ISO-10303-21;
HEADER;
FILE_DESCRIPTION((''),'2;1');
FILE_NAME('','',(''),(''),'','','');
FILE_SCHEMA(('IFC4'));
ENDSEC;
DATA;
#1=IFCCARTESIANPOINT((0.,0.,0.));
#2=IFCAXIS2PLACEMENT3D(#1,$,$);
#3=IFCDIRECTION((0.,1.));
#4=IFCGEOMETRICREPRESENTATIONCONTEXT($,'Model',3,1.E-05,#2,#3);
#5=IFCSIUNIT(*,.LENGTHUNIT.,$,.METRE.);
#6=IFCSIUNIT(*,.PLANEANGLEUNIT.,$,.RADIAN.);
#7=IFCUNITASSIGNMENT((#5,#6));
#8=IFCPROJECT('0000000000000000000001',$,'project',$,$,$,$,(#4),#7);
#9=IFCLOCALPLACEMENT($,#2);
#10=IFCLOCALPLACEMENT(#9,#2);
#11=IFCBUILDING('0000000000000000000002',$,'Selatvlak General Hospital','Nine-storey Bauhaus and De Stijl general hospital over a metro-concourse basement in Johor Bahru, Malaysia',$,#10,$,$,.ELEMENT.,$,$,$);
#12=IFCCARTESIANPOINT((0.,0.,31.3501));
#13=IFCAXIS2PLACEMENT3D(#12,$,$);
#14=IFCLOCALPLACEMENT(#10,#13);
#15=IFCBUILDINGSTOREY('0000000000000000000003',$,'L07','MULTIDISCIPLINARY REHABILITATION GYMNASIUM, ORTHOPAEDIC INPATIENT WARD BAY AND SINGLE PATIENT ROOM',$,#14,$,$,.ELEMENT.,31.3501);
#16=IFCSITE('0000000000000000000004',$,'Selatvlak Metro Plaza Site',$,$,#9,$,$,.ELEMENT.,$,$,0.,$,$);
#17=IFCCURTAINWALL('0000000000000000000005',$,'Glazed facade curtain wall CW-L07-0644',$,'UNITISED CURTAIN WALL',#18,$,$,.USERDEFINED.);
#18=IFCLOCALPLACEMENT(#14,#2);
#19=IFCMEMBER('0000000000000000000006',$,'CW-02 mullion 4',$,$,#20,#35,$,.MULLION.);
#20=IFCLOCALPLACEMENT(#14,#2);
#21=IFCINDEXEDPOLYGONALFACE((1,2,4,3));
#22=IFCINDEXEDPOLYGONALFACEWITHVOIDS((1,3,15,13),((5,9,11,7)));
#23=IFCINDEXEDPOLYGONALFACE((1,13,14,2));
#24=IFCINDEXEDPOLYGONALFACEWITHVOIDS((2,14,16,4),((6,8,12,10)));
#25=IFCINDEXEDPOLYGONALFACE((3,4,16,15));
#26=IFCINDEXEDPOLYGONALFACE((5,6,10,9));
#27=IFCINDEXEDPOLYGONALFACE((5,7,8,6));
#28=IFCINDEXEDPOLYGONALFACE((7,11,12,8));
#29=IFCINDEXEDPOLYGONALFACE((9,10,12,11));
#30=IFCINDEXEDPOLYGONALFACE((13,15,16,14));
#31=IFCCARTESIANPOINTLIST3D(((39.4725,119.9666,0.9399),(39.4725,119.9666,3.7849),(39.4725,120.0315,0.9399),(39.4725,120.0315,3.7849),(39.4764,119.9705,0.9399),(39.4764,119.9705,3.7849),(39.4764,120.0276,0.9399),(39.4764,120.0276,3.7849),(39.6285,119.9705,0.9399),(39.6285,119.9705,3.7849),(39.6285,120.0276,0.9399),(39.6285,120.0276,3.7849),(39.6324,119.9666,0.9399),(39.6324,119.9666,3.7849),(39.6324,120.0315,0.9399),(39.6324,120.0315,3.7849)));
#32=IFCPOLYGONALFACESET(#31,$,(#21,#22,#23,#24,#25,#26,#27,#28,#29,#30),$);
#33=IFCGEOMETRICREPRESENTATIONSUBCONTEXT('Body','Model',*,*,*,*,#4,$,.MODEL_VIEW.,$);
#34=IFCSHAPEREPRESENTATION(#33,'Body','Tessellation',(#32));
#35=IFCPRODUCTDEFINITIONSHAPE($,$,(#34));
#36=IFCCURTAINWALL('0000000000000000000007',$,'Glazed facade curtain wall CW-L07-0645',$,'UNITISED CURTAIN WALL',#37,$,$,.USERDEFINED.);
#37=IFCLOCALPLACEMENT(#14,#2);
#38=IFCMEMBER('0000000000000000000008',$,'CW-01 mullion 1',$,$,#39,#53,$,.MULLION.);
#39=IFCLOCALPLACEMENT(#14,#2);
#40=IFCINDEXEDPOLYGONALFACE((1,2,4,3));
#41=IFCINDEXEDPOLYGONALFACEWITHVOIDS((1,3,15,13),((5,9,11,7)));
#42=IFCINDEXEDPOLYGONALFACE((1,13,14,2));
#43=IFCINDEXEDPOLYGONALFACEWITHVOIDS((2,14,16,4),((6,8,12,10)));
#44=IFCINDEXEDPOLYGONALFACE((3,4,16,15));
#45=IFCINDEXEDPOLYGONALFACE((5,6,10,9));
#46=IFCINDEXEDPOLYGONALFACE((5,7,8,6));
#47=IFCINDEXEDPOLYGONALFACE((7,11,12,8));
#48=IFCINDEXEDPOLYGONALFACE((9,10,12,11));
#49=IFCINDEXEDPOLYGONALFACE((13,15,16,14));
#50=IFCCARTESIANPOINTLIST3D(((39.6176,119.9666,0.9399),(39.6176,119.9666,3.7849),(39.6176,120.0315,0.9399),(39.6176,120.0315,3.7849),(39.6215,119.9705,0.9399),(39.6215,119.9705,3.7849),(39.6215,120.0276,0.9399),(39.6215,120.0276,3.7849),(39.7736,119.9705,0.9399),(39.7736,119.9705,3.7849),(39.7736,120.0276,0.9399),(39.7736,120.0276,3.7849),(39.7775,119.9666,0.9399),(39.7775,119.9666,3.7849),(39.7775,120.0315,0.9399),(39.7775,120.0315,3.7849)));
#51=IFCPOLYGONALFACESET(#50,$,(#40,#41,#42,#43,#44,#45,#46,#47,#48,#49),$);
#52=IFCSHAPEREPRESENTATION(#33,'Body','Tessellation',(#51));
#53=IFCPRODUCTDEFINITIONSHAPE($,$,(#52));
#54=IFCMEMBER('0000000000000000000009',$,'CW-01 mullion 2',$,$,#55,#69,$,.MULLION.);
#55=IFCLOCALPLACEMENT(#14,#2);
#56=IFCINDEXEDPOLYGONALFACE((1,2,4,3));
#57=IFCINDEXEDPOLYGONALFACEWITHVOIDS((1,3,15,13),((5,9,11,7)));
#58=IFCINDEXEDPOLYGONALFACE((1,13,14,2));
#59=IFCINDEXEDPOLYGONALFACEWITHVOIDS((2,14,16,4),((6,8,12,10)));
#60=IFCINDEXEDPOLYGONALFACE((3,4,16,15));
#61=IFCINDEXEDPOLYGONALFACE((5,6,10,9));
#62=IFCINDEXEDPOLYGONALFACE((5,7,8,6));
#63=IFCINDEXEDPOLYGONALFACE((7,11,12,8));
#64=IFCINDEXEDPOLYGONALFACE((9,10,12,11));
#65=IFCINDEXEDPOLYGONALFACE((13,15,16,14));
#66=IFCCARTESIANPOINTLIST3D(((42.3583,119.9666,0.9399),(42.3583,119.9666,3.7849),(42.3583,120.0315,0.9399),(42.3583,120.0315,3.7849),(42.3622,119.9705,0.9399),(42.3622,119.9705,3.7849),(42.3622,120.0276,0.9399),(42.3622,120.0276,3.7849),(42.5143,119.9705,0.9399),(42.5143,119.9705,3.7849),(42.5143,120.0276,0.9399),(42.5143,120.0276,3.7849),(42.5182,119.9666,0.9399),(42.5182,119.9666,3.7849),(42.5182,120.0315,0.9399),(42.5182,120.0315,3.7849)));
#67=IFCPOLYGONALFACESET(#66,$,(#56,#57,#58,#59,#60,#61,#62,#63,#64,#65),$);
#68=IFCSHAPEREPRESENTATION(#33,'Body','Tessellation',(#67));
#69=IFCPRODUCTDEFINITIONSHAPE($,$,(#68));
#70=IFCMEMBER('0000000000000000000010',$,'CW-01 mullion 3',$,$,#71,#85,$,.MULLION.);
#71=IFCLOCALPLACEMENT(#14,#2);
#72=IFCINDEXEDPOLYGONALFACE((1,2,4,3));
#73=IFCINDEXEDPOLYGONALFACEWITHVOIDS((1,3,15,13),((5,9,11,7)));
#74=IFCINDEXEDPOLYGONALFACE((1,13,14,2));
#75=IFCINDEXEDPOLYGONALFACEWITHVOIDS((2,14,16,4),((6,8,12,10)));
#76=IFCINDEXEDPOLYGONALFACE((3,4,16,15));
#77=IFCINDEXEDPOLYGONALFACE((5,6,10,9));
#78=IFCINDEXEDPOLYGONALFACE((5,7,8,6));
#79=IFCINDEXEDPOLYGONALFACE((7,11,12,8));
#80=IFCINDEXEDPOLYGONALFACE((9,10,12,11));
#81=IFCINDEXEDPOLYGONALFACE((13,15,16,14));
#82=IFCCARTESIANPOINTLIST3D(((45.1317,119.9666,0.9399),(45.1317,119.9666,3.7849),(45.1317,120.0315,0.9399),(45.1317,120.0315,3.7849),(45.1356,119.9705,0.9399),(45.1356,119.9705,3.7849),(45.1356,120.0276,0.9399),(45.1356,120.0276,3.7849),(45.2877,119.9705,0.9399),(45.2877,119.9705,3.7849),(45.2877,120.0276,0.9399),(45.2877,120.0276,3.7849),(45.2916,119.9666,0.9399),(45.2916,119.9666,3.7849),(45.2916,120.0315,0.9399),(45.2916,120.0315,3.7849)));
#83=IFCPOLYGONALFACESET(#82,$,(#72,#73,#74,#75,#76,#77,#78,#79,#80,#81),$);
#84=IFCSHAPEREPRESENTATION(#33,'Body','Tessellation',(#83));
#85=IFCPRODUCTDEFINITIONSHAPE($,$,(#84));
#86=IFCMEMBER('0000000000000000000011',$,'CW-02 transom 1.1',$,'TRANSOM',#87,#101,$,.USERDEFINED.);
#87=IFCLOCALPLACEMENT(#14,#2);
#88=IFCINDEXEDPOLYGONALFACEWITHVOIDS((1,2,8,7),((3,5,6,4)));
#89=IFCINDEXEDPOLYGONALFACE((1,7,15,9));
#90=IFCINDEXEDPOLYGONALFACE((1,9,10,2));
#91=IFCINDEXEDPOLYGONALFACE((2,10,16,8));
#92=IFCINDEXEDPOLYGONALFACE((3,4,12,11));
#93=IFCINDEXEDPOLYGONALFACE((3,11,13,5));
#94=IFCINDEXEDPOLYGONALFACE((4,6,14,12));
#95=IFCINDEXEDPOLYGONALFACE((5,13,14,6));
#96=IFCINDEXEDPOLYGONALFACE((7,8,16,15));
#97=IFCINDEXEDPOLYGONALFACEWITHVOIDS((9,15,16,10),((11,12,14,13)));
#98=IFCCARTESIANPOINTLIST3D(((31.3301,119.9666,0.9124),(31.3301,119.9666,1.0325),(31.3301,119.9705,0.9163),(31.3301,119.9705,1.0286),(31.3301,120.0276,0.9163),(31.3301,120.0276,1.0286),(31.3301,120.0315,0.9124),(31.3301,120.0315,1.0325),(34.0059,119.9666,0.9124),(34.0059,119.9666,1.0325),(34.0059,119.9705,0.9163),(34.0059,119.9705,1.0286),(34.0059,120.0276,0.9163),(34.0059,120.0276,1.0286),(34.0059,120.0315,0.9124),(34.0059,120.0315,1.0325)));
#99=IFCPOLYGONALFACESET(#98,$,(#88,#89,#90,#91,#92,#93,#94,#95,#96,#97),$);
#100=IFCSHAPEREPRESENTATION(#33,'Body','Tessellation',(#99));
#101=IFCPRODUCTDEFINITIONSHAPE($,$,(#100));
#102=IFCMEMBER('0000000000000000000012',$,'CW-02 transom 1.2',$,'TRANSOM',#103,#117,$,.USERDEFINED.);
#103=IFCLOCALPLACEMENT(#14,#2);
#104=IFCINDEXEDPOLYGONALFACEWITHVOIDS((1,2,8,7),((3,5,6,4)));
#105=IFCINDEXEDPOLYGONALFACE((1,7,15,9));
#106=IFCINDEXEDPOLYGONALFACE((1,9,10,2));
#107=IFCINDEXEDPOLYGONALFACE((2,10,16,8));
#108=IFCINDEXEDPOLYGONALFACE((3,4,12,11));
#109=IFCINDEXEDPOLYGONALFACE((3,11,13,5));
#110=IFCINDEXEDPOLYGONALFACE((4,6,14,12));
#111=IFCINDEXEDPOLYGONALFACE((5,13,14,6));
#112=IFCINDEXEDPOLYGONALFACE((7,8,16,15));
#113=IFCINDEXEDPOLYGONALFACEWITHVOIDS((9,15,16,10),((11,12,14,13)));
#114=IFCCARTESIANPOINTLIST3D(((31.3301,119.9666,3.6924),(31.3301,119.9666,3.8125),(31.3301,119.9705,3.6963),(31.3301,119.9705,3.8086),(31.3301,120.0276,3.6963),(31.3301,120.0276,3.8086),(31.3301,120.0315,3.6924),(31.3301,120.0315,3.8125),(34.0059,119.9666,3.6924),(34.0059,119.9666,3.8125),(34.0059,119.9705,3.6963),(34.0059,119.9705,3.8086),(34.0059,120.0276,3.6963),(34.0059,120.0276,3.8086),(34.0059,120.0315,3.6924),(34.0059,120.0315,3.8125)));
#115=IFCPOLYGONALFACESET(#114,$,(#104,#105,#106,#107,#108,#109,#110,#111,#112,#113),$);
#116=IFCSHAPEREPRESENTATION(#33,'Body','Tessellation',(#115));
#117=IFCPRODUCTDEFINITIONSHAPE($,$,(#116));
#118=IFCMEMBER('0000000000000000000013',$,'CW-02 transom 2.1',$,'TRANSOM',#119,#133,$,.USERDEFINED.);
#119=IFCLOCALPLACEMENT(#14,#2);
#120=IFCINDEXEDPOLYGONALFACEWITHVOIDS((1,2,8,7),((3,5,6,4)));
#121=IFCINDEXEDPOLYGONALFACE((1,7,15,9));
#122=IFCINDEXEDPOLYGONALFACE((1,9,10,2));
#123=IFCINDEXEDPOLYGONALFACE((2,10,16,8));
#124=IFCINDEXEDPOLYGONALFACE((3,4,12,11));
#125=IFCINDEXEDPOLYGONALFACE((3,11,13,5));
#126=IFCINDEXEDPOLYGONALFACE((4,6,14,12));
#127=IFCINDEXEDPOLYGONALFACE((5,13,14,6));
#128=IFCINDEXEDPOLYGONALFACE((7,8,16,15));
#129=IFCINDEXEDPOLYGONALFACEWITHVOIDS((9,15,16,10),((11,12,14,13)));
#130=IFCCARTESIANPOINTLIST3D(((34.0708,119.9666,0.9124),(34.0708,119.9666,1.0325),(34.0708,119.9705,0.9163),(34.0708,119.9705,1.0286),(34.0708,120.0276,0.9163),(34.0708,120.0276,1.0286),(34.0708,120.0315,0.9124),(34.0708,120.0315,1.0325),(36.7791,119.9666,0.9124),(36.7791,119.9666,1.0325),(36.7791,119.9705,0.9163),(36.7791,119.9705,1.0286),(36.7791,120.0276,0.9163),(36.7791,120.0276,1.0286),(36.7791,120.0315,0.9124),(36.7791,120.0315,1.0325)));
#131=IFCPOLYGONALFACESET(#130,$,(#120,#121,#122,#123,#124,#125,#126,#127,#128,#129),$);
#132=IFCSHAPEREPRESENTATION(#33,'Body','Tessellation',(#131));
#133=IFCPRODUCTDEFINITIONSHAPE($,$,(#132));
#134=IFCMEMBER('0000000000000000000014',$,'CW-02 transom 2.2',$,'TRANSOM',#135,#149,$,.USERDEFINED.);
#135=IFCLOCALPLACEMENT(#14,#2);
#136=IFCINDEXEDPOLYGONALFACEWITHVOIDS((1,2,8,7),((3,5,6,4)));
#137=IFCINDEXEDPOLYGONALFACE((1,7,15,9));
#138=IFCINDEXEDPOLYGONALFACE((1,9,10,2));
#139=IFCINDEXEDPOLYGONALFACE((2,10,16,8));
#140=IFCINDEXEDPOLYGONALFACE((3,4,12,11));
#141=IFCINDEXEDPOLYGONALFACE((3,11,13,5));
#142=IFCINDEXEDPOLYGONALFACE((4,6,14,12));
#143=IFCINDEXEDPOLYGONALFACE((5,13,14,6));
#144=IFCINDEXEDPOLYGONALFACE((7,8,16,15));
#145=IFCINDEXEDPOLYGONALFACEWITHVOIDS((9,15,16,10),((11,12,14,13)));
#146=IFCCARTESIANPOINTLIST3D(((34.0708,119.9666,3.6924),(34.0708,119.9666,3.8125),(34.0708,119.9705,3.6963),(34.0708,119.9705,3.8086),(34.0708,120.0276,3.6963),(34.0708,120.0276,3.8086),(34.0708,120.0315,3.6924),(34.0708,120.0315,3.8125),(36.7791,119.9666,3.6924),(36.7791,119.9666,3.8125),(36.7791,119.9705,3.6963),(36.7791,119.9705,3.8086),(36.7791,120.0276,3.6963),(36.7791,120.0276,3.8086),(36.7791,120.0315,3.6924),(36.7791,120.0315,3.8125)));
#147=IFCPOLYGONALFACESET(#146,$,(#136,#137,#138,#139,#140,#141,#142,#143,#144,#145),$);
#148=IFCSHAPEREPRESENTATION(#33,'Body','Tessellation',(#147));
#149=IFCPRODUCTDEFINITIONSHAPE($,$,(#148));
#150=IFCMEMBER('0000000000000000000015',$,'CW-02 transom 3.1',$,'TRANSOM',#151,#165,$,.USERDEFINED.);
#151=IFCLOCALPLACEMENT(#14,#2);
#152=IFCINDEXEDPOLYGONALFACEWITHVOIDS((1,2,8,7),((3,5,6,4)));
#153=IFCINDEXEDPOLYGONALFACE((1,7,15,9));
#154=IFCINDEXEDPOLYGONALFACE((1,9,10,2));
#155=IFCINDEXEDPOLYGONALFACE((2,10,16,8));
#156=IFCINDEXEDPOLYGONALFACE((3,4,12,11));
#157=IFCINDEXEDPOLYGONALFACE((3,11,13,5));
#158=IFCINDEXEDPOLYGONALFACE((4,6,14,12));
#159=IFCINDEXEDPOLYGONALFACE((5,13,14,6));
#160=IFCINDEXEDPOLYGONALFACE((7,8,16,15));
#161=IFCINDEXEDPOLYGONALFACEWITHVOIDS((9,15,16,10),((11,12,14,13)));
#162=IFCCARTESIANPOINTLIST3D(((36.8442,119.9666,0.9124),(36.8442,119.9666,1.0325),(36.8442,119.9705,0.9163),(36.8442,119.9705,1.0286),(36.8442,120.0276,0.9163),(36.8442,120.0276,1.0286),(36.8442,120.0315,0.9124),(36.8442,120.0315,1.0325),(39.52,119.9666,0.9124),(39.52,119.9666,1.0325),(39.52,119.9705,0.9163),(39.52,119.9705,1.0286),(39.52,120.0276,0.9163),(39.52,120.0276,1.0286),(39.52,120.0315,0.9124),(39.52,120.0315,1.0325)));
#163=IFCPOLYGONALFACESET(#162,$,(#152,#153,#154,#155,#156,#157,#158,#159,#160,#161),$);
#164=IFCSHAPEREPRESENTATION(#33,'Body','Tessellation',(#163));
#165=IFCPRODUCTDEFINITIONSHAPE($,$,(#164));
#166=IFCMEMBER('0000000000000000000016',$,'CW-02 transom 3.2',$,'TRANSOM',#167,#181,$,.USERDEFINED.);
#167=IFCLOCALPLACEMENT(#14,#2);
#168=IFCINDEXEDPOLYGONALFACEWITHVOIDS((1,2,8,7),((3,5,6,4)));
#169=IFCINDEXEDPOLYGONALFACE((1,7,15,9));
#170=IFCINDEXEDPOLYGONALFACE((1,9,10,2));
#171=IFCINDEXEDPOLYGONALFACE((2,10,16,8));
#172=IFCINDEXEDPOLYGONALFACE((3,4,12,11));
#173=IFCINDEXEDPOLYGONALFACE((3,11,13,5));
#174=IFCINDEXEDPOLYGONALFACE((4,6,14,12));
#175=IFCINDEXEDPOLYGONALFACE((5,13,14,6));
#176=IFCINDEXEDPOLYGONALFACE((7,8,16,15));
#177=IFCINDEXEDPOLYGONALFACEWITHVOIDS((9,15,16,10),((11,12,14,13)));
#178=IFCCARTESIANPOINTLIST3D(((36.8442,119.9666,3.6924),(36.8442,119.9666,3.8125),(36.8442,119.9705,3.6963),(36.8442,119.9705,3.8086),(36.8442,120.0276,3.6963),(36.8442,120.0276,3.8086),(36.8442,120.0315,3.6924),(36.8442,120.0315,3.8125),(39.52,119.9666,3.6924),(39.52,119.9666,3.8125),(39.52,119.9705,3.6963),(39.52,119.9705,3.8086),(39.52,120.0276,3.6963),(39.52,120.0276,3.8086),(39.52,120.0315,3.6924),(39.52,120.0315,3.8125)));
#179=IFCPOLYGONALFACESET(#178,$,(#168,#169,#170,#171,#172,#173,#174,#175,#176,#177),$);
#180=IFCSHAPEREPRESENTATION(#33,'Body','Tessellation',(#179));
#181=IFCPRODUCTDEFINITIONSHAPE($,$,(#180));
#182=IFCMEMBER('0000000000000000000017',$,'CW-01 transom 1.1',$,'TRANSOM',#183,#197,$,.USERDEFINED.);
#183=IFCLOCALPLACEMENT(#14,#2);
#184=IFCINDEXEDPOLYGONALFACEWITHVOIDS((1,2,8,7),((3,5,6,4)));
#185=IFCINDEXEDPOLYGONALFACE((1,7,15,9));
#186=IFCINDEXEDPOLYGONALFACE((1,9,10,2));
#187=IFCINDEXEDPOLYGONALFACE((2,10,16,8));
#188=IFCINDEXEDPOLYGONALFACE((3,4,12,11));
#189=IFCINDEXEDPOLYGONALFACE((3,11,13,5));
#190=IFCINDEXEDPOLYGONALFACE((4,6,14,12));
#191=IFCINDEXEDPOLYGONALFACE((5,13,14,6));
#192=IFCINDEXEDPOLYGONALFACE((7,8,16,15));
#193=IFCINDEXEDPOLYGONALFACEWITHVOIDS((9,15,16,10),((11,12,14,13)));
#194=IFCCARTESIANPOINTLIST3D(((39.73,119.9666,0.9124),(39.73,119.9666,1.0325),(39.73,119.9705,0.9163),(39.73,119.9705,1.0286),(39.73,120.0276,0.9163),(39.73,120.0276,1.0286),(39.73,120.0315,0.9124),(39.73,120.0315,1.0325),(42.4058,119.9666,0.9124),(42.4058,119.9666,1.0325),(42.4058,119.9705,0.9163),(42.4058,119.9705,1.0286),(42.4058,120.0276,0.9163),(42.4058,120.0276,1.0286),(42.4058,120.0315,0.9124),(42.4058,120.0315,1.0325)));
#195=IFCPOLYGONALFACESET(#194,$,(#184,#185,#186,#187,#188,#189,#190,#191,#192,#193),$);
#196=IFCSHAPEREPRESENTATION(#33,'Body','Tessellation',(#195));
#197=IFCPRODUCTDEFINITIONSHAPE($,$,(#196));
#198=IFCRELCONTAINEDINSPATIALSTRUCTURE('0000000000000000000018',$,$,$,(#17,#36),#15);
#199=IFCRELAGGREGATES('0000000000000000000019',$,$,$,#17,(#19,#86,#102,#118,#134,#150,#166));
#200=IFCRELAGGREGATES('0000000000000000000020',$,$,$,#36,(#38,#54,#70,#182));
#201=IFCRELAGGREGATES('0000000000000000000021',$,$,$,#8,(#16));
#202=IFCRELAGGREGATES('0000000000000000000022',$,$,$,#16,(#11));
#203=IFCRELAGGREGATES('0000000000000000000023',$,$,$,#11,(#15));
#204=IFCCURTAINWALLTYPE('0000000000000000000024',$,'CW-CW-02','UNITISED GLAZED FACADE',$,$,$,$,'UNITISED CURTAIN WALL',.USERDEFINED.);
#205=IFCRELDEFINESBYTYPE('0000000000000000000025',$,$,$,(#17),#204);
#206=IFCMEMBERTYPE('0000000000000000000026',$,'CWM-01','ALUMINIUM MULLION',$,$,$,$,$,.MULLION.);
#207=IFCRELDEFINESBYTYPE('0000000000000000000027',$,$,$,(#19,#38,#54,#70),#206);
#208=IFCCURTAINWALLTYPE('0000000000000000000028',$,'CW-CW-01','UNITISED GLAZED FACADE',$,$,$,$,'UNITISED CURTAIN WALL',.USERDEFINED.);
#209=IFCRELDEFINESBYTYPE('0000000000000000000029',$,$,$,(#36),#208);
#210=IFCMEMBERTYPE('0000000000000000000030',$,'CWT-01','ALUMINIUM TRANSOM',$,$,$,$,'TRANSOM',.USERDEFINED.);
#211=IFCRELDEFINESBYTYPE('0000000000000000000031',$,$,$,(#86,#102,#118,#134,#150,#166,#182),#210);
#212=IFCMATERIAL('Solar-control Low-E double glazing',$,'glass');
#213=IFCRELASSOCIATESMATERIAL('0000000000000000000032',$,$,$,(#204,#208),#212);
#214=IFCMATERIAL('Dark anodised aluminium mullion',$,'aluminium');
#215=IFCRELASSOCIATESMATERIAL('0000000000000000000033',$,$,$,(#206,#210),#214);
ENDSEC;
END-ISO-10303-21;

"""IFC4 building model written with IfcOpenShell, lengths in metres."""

from ifc_helpers import new_model, si_unit, direction, frame, origin, origin_2d, place, context, subcontext, project, spatial, hollow_rectangle, extrude, material, material_profile, profile_set, type_object, element, aggregate, save


model = new_model("IFC4")

# Units and contexts
model_context = context("Model", 3, precision=1e-05, world=origin(), true_north=direction((0.0, 1.0)))
body_context = subcontext(model_context, "Body", "Model", "MODEL_VIEW")
ifc_project = project(units=[si_unit("LENGTHUNIT", "METRE"), si_unit("PLANEANGLEUNIT", "RADIAN")], contexts=[model_context])

# Site, building, storey
site_placement = place(None, origin())
site = spatial("IfcSite", under=ifc_project, at=site_placement, Name="Selatvlak Metro Plaza Site", CompositionType="ELEMENT", RefElevation=0.0)
building_placement = place(site_placement, origin())
building = spatial("IfcBuilding", under=site, at=building_placement, Name="Selatvlak General Hospital", Description="Nine-storey Bauhaus and De Stijl general hospital over a metro-concourse basement in Johor Bahru, Malaysia", CompositionType="ELEMENT")
storey_placement = place(building_placement, frame((0.0, 0.0, 31.3501)))
storey = spatial("IfcBuildingStorey", under=building, at=storey_placement, Name="L07", Description="MULTIDISCIPLINARY REHABILITATION GYMNASIUM, ORTHOPAEDIC INPATIENT WARD BAY AND SINGLE PATIENT ROOM", CompositionType="ELEMENT", Elevation=31.3501)

# Curtain walls, members
ifc_material_1 = material(Name="Solar-control Low-E double glazing", Category="glass")
curtain_wall_type_1 = type_object("IfcCurtainWallType", Name="CW-CW-02", Description="UNITISED GLAZED FACADE", ElementType="UNITISED CURTAIN WALL", PredefinedType="USERDEFINED", material=ifc_material_1)
curtain_wall_1_placement = place(storey_placement, origin())
curtain_wall_1 = element("IfcCurtainWall", 1, at=curtain_wall_1_placement, inside=storey, type_object=curtain_wall_type_1, Name="Glazed facade curtain wall CW-L07-0644", ObjectType="UNITISED CURTAIN WALL", PredefinedType="USERDEFINED")
ifc_material_2 = material(Name="Dark anodised aluminium mullion", Category="aluminium")
ifc_material_profile_1 = material_profile(ifc_material_2, hollow_rectangle(XDim=0.0649, YDim=0.1599, WallThickness=0.0039, at=origin_2d()), Name="AL-MUL 65x160x4")
ifc_profile_set_1 = profile_set([ifc_material_profile_1], Name="Dark anodised aluminium mullion")
member_type_1 = type_object("IfcMemberType", Name="CWM-01", Description="ALUMINIUM MULLION", PredefinedType="MULLION", material=ifc_profile_set_1)
member_1_placement = place(storey_placement, frame((39.5525, 119.999, 0.9399), z_axis=(0.0, 0.0, 1.0), x_axis=(0.0, 1.0, 0.0)))
member_1 = element("IfcMember", 2, at=member_1_placement, type_object=member_type_1, Name="CW-02 mullion 4", PredefinedType="MULLION", context=body_context, shape_type="SweptSolid", body=[
    extrude(hollow_rectangle(XDim=0.0649, YDim=0.1599, WallThickness=0.0039, at=origin_2d()), origin(), (0.0, 0.0, 1.0), 2.845),
])
curtain_wall_type_2 = type_object("IfcCurtainWallType", Name="CW-CW-01", Description="UNITISED GLAZED FACADE", ElementType="UNITISED CURTAIN WALL", PredefinedType="USERDEFINED", material=ifc_material_1)
curtain_wall_2_placement = place(storey_placement, origin())
curtain_wall_2 = element("IfcCurtainWall", 3, at=curtain_wall_2_placement, inside=storey, type_object=curtain_wall_type_2, Name="Glazed facade curtain wall CW-L07-0645", ObjectType="UNITISED CURTAIN WALL", PredefinedType="USERDEFINED")
member_2_placement = place(storey_placement, frame((39.6975, 119.999, 0.9399), z_axis=(0.0, 0.0, 1.0), x_axis=(0.0, 1.0, 0.0)))
member_2 = element("IfcMember", 4, at=member_2_placement, type_object=member_type_1, Name="CW-01 mullion 1", PredefinedType="MULLION", context=body_context, shape_type="SweptSolid", body=[
    extrude(hollow_rectangle(XDim=0.0649, YDim=0.1599, WallThickness=0.0039, at=origin_2d()), origin(), (0.0, 0.0, 1.0), 2.845),
])
member_3_placement = place(storey_placement, frame((42.4382, 119.999, 0.9399), z_axis=(0.0, 0.0, 1.0), x_axis=(0.0, 1.0, 0.0)))
member_3 = element("IfcMember", 5, at=member_3_placement, type_object=member_type_1, Name="CW-01 mullion 2", PredefinedType="MULLION", context=body_context, shape_type="SweptSolid", body=[
    extrude(hollow_rectangle(XDim=0.0649, YDim=0.1599, WallThickness=0.0039, at=origin_2d()), origin(), (0.0, 0.0, 1.0), 2.845),
])
member_4_placement = place(storey_placement, frame((45.2117, 119.999, 0.9399), z_axis=(0.0, 0.0, 1.0), x_axis=(0.0, 1.0, 0.0)))
member_4 = element("IfcMember", 6, at=member_4_placement, type_object=member_type_1, Name="CW-01 mullion 3", PredefinedType="MULLION", context=body_context, shape_type="SweptSolid", body=[
    extrude(hollow_rectangle(XDim=0.0649, YDim=0.1599, WallThickness=0.0039, at=origin_2d()), origin(), (0.0, 0.0, 1.0), 2.845),
])

# Members
ifc_material_profile_2 = material_profile(ifc_material_2, hollow_rectangle(XDim=0.0649, YDim=0.1201, WallThickness=0.0039, at=origin_2d()), Name="AL-TRN 65x120x4")
ifc_profile_set_2 = profile_set([ifc_material_profile_2], Name="Dark anodised aluminium mullion")
member_type_2 = type_object("IfcMemberType", Name="CWT-01", Description="ALUMINIUM TRANSOM", ElementType="TRANSOM", PredefinedType="USERDEFINED", material=ifc_profile_set_2)
member_5_placement = place(storey_placement, frame((31.3301, 119.999, 0.9724), z_axis=(1.0, 0.0, 0.0), x_axis=(0.0, 1.0, 0.0)))
member_5 = element("IfcMember", 7, at=member_5_placement, type_object=member_type_2, Name="CW-02 transom 1.1", ObjectType="TRANSOM", PredefinedType="USERDEFINED", context=body_context, shape_type="SweptSolid", body=[
    extrude(hollow_rectangle(XDim=0.0649, YDim=0.1201, WallThickness=0.0039, at=origin_2d()), origin(), (0.0, 0.0, 1.0), 2.6758),
])
member_6_placement = place(storey_placement, frame((31.3301, 119.999, 3.7524), z_axis=(1.0, 0.0, 0.0), x_axis=(0.0, 1.0, 0.0)))
member_6 = element("IfcMember", 8, at=member_6_placement, type_object=member_type_2, Name="CW-02 transom 1.2", ObjectType="TRANSOM", PredefinedType="USERDEFINED", context=body_context, shape_type="SweptSolid", body=[
    extrude(hollow_rectangle(XDim=0.0649, YDim=0.1201, WallThickness=0.0039, at=origin_2d()), origin(), (0.0, 0.0, 1.0), 2.6758),
])
member_7_placement = place(storey_placement, frame((34.0708, 119.999, 0.9724), z_axis=(1.0, 0.0, 0.0), x_axis=(0.0, 1.0, 0.0)))
member_7 = element("IfcMember", 9, at=member_7_placement, type_object=member_type_2, Name="CW-02 transom 2.1", ObjectType="TRANSOM", PredefinedType="USERDEFINED", context=body_context, shape_type="SweptSolid", body=[
    extrude(hollow_rectangle(XDim=0.0649, YDim=0.1201, WallThickness=0.0039, at=origin_2d()), origin(), (0.0, 0.0, 1.0), 2.7083),
])
member_8_placement = place(storey_placement, frame((34.0708, 119.999, 3.7524), z_axis=(1.0, 0.0, 0.0), x_axis=(0.0, 1.0, 0.0)))
member_8 = element("IfcMember", 10, at=member_8_placement, type_object=member_type_2, Name="CW-02 transom 2.2", ObjectType="TRANSOM", PredefinedType="USERDEFINED", context=body_context, shape_type="SweptSolid", body=[
    extrude(hollow_rectangle(XDim=0.0649, YDim=0.1201, WallThickness=0.0039, at=origin_2d()), origin(), (0.0, 0.0, 1.0), 2.7083),
])
member_9_placement = place(storey_placement, frame((36.8442, 119.999, 0.9724), z_axis=(1.0, 0.0, 0.0), x_axis=(0.0, 1.0, 0.0)))
member_9 = element("IfcMember", 11, at=member_9_placement, type_object=member_type_2, Name="CW-02 transom 3.1", ObjectType="TRANSOM", PredefinedType="USERDEFINED", context=body_context, shape_type="SweptSolid", body=[
    extrude(hollow_rectangle(XDim=0.0649, YDim=0.1201, WallThickness=0.0039, at=origin_2d()), origin(), (0.0, 0.0, 1.0), 2.6758),
])
member_10_placement = place(storey_placement, frame((36.8442, 119.999, 3.7524), z_axis=(1.0, 0.0, 0.0), x_axis=(0.0, 1.0, 0.0)))
member_10 = element("IfcMember", 12, at=member_10_placement, type_object=member_type_2, Name="CW-02 transom 3.2", ObjectType="TRANSOM", PredefinedType="USERDEFINED", context=body_context, shape_type="SweptSolid", body=[
    extrude(hollow_rectangle(XDim=0.0649, YDim=0.1201, WallThickness=0.0039, at=origin_2d()), origin(), (0.0, 0.0, 1.0), 2.6758),
])
member_11_placement = place(storey_placement, frame((39.73, 119.999, 0.9724), z_axis=(1.0, 0.0, 0.0), x_axis=(0.0, 1.0, 0.0)))
member_11 = element("IfcMember", 13, at=member_11_placement, type_object=member_type_2, Name="CW-01 transom 1.1", ObjectType="TRANSOM", PredefinedType="USERDEFINED", context=body_context, shape_type="SweptSolid", body=[
    extrude(hollow_rectangle(XDim=0.0649, YDim=0.1201, WallThickness=0.0039, at=origin_2d()), origin(), (0.0, 0.0, 1.0), 2.6758),
])

aggregate(curtain_wall_1, [member_1, member_5, member_6, member_7, member_8, member_9, member_10])
aggregate(curtain_wall_2, [member_2, member_3, member_4, member_11])

save(model, "model.ifc")
